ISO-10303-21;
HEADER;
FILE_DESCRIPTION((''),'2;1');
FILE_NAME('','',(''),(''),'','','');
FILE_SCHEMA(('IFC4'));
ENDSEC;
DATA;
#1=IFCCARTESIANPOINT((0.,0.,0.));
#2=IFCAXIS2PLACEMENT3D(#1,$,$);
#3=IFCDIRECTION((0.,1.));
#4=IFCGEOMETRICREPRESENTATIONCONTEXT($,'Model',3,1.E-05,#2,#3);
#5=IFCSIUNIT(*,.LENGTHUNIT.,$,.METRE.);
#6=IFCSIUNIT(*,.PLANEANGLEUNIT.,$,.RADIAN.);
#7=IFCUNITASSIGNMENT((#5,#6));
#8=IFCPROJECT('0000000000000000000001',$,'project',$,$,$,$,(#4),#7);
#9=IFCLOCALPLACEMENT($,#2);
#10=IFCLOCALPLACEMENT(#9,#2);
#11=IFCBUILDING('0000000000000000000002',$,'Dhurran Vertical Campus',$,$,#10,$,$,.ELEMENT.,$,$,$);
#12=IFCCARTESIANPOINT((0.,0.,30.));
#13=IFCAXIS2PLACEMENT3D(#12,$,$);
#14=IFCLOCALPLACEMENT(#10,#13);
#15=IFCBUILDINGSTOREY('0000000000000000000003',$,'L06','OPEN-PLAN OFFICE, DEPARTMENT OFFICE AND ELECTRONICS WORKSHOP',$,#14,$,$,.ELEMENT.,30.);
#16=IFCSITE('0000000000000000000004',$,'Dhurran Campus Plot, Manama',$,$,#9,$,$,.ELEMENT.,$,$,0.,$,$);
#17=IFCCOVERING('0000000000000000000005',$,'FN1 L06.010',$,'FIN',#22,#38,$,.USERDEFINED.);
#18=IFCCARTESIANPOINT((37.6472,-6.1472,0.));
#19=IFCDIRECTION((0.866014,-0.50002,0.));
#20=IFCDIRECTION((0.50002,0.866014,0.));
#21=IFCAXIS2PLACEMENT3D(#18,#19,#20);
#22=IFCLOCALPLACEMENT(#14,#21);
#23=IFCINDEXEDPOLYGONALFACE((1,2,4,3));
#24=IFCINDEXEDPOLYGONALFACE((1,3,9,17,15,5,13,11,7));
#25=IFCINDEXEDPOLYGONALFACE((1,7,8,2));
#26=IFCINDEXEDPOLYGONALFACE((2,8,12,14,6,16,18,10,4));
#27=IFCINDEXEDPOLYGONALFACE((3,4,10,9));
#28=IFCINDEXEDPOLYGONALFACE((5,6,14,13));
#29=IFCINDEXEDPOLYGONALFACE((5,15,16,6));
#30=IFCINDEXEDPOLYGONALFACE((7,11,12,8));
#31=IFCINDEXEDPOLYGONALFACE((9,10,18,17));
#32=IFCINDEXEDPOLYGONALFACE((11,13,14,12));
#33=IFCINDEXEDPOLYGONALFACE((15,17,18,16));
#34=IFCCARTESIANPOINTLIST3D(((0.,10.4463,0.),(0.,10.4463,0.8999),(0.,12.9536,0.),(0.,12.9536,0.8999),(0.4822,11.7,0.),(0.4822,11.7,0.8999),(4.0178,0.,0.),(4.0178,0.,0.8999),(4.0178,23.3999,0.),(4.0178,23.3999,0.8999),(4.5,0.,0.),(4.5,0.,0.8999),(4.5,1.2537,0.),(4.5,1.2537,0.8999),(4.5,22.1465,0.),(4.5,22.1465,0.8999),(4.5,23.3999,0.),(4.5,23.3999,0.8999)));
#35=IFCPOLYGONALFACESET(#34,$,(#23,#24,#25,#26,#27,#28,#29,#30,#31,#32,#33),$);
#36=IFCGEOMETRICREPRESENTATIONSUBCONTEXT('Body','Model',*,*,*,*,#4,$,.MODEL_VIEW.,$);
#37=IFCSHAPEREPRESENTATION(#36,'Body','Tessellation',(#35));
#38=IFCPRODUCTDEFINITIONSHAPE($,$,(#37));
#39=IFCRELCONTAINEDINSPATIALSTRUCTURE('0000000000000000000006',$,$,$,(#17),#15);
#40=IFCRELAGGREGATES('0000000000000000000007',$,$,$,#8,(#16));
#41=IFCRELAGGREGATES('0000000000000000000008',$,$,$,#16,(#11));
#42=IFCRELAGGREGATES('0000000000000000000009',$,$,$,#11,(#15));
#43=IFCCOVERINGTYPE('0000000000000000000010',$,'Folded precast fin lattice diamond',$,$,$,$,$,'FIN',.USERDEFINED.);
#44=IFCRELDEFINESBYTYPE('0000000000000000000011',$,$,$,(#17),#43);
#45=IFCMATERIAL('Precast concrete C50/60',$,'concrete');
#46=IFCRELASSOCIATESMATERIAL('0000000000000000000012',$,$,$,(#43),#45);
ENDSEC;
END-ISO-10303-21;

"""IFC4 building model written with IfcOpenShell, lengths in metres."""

from ifc_helpers import new_model, si_unit, direction, frame, origin, place, context, subcontext, project, spatial, polyline, outline, extrude, material, type_object, element, save


model = new_model("IFC4")

# Units and contexts
model_context = context("Model", 3, precision=1e-05, world=origin(), true_north=direction((0.0, 1.0)))
body_context = subcontext(model_context, "Body", "Model", "MODEL_VIEW")
ifc_project = project(units=[si_unit("LENGTHUNIT", "METRE"), si_unit("PLANEANGLEUNIT", "RADIAN")], contexts=[model_context])

# Site, building, storey
site_placement = place(None, origin())
site = spatial("IfcSite", under=ifc_project, at=site_placement, Name="Dhurran Campus Plot, Manama", CompositionType="ELEMENT", RefElevation=0.0)
building_placement = place(site_placement, origin())
building = spatial("IfcBuilding", under=site, at=building_placement, Name="Dhurran Vertical Campus", CompositionType="ELEMENT")
storey_placement = place(building_placement, frame((0.0, 0.0, 30.0)))
storey = spatial("IfcBuildingStorey", under=building, at=storey_placement, Name="L06", Description="OPEN-PLAN OFFICE, DEPARTMENT OFFICE AND ELECTRONICS WORKSHOP", CompositionType="ELEMENT", Elevation=30.0)

# Covering
ifc_material_1 = material(Name="Precast concrete C50/60", Category="concrete")
covering_type = type_object("IfcCoveringType", Name="Folded precast fin lattice diamond", ElementType="FIN", PredefinedType="USERDEFINED", material=ifc_material_1)
covering_1_placement = place(storey_placement, frame((37.6472, -6.1472, 0.0), z_axis=(0.866014, -0.50002, 0.0), x_axis=(0.50002, 0.866014, 0.0)))
element("IfcCovering", 1, at=covering_1_placement, inside=storey, type_object=covering_type, Name="FN1 L06.010", ObjectType="FIN", PredefinedType="USERDEFINED", context=body_context, shape_type="SweptSolid", body=[
    extrude(outline(polyline([(4.0178, 0.0), (0.0, 10.4463), (0.0, 12.9536), (4.0178, 23.3999), (4.5, 23.3999), (4.5, 22.1465), (0.4822, 11.7), (4.5, 1.2537), (4.5, 0.0), (4.0178, 0.0)])), origin(), (0.0, 0.0, 1.0), 0.8999),
])

save(model, "model.ifc")
